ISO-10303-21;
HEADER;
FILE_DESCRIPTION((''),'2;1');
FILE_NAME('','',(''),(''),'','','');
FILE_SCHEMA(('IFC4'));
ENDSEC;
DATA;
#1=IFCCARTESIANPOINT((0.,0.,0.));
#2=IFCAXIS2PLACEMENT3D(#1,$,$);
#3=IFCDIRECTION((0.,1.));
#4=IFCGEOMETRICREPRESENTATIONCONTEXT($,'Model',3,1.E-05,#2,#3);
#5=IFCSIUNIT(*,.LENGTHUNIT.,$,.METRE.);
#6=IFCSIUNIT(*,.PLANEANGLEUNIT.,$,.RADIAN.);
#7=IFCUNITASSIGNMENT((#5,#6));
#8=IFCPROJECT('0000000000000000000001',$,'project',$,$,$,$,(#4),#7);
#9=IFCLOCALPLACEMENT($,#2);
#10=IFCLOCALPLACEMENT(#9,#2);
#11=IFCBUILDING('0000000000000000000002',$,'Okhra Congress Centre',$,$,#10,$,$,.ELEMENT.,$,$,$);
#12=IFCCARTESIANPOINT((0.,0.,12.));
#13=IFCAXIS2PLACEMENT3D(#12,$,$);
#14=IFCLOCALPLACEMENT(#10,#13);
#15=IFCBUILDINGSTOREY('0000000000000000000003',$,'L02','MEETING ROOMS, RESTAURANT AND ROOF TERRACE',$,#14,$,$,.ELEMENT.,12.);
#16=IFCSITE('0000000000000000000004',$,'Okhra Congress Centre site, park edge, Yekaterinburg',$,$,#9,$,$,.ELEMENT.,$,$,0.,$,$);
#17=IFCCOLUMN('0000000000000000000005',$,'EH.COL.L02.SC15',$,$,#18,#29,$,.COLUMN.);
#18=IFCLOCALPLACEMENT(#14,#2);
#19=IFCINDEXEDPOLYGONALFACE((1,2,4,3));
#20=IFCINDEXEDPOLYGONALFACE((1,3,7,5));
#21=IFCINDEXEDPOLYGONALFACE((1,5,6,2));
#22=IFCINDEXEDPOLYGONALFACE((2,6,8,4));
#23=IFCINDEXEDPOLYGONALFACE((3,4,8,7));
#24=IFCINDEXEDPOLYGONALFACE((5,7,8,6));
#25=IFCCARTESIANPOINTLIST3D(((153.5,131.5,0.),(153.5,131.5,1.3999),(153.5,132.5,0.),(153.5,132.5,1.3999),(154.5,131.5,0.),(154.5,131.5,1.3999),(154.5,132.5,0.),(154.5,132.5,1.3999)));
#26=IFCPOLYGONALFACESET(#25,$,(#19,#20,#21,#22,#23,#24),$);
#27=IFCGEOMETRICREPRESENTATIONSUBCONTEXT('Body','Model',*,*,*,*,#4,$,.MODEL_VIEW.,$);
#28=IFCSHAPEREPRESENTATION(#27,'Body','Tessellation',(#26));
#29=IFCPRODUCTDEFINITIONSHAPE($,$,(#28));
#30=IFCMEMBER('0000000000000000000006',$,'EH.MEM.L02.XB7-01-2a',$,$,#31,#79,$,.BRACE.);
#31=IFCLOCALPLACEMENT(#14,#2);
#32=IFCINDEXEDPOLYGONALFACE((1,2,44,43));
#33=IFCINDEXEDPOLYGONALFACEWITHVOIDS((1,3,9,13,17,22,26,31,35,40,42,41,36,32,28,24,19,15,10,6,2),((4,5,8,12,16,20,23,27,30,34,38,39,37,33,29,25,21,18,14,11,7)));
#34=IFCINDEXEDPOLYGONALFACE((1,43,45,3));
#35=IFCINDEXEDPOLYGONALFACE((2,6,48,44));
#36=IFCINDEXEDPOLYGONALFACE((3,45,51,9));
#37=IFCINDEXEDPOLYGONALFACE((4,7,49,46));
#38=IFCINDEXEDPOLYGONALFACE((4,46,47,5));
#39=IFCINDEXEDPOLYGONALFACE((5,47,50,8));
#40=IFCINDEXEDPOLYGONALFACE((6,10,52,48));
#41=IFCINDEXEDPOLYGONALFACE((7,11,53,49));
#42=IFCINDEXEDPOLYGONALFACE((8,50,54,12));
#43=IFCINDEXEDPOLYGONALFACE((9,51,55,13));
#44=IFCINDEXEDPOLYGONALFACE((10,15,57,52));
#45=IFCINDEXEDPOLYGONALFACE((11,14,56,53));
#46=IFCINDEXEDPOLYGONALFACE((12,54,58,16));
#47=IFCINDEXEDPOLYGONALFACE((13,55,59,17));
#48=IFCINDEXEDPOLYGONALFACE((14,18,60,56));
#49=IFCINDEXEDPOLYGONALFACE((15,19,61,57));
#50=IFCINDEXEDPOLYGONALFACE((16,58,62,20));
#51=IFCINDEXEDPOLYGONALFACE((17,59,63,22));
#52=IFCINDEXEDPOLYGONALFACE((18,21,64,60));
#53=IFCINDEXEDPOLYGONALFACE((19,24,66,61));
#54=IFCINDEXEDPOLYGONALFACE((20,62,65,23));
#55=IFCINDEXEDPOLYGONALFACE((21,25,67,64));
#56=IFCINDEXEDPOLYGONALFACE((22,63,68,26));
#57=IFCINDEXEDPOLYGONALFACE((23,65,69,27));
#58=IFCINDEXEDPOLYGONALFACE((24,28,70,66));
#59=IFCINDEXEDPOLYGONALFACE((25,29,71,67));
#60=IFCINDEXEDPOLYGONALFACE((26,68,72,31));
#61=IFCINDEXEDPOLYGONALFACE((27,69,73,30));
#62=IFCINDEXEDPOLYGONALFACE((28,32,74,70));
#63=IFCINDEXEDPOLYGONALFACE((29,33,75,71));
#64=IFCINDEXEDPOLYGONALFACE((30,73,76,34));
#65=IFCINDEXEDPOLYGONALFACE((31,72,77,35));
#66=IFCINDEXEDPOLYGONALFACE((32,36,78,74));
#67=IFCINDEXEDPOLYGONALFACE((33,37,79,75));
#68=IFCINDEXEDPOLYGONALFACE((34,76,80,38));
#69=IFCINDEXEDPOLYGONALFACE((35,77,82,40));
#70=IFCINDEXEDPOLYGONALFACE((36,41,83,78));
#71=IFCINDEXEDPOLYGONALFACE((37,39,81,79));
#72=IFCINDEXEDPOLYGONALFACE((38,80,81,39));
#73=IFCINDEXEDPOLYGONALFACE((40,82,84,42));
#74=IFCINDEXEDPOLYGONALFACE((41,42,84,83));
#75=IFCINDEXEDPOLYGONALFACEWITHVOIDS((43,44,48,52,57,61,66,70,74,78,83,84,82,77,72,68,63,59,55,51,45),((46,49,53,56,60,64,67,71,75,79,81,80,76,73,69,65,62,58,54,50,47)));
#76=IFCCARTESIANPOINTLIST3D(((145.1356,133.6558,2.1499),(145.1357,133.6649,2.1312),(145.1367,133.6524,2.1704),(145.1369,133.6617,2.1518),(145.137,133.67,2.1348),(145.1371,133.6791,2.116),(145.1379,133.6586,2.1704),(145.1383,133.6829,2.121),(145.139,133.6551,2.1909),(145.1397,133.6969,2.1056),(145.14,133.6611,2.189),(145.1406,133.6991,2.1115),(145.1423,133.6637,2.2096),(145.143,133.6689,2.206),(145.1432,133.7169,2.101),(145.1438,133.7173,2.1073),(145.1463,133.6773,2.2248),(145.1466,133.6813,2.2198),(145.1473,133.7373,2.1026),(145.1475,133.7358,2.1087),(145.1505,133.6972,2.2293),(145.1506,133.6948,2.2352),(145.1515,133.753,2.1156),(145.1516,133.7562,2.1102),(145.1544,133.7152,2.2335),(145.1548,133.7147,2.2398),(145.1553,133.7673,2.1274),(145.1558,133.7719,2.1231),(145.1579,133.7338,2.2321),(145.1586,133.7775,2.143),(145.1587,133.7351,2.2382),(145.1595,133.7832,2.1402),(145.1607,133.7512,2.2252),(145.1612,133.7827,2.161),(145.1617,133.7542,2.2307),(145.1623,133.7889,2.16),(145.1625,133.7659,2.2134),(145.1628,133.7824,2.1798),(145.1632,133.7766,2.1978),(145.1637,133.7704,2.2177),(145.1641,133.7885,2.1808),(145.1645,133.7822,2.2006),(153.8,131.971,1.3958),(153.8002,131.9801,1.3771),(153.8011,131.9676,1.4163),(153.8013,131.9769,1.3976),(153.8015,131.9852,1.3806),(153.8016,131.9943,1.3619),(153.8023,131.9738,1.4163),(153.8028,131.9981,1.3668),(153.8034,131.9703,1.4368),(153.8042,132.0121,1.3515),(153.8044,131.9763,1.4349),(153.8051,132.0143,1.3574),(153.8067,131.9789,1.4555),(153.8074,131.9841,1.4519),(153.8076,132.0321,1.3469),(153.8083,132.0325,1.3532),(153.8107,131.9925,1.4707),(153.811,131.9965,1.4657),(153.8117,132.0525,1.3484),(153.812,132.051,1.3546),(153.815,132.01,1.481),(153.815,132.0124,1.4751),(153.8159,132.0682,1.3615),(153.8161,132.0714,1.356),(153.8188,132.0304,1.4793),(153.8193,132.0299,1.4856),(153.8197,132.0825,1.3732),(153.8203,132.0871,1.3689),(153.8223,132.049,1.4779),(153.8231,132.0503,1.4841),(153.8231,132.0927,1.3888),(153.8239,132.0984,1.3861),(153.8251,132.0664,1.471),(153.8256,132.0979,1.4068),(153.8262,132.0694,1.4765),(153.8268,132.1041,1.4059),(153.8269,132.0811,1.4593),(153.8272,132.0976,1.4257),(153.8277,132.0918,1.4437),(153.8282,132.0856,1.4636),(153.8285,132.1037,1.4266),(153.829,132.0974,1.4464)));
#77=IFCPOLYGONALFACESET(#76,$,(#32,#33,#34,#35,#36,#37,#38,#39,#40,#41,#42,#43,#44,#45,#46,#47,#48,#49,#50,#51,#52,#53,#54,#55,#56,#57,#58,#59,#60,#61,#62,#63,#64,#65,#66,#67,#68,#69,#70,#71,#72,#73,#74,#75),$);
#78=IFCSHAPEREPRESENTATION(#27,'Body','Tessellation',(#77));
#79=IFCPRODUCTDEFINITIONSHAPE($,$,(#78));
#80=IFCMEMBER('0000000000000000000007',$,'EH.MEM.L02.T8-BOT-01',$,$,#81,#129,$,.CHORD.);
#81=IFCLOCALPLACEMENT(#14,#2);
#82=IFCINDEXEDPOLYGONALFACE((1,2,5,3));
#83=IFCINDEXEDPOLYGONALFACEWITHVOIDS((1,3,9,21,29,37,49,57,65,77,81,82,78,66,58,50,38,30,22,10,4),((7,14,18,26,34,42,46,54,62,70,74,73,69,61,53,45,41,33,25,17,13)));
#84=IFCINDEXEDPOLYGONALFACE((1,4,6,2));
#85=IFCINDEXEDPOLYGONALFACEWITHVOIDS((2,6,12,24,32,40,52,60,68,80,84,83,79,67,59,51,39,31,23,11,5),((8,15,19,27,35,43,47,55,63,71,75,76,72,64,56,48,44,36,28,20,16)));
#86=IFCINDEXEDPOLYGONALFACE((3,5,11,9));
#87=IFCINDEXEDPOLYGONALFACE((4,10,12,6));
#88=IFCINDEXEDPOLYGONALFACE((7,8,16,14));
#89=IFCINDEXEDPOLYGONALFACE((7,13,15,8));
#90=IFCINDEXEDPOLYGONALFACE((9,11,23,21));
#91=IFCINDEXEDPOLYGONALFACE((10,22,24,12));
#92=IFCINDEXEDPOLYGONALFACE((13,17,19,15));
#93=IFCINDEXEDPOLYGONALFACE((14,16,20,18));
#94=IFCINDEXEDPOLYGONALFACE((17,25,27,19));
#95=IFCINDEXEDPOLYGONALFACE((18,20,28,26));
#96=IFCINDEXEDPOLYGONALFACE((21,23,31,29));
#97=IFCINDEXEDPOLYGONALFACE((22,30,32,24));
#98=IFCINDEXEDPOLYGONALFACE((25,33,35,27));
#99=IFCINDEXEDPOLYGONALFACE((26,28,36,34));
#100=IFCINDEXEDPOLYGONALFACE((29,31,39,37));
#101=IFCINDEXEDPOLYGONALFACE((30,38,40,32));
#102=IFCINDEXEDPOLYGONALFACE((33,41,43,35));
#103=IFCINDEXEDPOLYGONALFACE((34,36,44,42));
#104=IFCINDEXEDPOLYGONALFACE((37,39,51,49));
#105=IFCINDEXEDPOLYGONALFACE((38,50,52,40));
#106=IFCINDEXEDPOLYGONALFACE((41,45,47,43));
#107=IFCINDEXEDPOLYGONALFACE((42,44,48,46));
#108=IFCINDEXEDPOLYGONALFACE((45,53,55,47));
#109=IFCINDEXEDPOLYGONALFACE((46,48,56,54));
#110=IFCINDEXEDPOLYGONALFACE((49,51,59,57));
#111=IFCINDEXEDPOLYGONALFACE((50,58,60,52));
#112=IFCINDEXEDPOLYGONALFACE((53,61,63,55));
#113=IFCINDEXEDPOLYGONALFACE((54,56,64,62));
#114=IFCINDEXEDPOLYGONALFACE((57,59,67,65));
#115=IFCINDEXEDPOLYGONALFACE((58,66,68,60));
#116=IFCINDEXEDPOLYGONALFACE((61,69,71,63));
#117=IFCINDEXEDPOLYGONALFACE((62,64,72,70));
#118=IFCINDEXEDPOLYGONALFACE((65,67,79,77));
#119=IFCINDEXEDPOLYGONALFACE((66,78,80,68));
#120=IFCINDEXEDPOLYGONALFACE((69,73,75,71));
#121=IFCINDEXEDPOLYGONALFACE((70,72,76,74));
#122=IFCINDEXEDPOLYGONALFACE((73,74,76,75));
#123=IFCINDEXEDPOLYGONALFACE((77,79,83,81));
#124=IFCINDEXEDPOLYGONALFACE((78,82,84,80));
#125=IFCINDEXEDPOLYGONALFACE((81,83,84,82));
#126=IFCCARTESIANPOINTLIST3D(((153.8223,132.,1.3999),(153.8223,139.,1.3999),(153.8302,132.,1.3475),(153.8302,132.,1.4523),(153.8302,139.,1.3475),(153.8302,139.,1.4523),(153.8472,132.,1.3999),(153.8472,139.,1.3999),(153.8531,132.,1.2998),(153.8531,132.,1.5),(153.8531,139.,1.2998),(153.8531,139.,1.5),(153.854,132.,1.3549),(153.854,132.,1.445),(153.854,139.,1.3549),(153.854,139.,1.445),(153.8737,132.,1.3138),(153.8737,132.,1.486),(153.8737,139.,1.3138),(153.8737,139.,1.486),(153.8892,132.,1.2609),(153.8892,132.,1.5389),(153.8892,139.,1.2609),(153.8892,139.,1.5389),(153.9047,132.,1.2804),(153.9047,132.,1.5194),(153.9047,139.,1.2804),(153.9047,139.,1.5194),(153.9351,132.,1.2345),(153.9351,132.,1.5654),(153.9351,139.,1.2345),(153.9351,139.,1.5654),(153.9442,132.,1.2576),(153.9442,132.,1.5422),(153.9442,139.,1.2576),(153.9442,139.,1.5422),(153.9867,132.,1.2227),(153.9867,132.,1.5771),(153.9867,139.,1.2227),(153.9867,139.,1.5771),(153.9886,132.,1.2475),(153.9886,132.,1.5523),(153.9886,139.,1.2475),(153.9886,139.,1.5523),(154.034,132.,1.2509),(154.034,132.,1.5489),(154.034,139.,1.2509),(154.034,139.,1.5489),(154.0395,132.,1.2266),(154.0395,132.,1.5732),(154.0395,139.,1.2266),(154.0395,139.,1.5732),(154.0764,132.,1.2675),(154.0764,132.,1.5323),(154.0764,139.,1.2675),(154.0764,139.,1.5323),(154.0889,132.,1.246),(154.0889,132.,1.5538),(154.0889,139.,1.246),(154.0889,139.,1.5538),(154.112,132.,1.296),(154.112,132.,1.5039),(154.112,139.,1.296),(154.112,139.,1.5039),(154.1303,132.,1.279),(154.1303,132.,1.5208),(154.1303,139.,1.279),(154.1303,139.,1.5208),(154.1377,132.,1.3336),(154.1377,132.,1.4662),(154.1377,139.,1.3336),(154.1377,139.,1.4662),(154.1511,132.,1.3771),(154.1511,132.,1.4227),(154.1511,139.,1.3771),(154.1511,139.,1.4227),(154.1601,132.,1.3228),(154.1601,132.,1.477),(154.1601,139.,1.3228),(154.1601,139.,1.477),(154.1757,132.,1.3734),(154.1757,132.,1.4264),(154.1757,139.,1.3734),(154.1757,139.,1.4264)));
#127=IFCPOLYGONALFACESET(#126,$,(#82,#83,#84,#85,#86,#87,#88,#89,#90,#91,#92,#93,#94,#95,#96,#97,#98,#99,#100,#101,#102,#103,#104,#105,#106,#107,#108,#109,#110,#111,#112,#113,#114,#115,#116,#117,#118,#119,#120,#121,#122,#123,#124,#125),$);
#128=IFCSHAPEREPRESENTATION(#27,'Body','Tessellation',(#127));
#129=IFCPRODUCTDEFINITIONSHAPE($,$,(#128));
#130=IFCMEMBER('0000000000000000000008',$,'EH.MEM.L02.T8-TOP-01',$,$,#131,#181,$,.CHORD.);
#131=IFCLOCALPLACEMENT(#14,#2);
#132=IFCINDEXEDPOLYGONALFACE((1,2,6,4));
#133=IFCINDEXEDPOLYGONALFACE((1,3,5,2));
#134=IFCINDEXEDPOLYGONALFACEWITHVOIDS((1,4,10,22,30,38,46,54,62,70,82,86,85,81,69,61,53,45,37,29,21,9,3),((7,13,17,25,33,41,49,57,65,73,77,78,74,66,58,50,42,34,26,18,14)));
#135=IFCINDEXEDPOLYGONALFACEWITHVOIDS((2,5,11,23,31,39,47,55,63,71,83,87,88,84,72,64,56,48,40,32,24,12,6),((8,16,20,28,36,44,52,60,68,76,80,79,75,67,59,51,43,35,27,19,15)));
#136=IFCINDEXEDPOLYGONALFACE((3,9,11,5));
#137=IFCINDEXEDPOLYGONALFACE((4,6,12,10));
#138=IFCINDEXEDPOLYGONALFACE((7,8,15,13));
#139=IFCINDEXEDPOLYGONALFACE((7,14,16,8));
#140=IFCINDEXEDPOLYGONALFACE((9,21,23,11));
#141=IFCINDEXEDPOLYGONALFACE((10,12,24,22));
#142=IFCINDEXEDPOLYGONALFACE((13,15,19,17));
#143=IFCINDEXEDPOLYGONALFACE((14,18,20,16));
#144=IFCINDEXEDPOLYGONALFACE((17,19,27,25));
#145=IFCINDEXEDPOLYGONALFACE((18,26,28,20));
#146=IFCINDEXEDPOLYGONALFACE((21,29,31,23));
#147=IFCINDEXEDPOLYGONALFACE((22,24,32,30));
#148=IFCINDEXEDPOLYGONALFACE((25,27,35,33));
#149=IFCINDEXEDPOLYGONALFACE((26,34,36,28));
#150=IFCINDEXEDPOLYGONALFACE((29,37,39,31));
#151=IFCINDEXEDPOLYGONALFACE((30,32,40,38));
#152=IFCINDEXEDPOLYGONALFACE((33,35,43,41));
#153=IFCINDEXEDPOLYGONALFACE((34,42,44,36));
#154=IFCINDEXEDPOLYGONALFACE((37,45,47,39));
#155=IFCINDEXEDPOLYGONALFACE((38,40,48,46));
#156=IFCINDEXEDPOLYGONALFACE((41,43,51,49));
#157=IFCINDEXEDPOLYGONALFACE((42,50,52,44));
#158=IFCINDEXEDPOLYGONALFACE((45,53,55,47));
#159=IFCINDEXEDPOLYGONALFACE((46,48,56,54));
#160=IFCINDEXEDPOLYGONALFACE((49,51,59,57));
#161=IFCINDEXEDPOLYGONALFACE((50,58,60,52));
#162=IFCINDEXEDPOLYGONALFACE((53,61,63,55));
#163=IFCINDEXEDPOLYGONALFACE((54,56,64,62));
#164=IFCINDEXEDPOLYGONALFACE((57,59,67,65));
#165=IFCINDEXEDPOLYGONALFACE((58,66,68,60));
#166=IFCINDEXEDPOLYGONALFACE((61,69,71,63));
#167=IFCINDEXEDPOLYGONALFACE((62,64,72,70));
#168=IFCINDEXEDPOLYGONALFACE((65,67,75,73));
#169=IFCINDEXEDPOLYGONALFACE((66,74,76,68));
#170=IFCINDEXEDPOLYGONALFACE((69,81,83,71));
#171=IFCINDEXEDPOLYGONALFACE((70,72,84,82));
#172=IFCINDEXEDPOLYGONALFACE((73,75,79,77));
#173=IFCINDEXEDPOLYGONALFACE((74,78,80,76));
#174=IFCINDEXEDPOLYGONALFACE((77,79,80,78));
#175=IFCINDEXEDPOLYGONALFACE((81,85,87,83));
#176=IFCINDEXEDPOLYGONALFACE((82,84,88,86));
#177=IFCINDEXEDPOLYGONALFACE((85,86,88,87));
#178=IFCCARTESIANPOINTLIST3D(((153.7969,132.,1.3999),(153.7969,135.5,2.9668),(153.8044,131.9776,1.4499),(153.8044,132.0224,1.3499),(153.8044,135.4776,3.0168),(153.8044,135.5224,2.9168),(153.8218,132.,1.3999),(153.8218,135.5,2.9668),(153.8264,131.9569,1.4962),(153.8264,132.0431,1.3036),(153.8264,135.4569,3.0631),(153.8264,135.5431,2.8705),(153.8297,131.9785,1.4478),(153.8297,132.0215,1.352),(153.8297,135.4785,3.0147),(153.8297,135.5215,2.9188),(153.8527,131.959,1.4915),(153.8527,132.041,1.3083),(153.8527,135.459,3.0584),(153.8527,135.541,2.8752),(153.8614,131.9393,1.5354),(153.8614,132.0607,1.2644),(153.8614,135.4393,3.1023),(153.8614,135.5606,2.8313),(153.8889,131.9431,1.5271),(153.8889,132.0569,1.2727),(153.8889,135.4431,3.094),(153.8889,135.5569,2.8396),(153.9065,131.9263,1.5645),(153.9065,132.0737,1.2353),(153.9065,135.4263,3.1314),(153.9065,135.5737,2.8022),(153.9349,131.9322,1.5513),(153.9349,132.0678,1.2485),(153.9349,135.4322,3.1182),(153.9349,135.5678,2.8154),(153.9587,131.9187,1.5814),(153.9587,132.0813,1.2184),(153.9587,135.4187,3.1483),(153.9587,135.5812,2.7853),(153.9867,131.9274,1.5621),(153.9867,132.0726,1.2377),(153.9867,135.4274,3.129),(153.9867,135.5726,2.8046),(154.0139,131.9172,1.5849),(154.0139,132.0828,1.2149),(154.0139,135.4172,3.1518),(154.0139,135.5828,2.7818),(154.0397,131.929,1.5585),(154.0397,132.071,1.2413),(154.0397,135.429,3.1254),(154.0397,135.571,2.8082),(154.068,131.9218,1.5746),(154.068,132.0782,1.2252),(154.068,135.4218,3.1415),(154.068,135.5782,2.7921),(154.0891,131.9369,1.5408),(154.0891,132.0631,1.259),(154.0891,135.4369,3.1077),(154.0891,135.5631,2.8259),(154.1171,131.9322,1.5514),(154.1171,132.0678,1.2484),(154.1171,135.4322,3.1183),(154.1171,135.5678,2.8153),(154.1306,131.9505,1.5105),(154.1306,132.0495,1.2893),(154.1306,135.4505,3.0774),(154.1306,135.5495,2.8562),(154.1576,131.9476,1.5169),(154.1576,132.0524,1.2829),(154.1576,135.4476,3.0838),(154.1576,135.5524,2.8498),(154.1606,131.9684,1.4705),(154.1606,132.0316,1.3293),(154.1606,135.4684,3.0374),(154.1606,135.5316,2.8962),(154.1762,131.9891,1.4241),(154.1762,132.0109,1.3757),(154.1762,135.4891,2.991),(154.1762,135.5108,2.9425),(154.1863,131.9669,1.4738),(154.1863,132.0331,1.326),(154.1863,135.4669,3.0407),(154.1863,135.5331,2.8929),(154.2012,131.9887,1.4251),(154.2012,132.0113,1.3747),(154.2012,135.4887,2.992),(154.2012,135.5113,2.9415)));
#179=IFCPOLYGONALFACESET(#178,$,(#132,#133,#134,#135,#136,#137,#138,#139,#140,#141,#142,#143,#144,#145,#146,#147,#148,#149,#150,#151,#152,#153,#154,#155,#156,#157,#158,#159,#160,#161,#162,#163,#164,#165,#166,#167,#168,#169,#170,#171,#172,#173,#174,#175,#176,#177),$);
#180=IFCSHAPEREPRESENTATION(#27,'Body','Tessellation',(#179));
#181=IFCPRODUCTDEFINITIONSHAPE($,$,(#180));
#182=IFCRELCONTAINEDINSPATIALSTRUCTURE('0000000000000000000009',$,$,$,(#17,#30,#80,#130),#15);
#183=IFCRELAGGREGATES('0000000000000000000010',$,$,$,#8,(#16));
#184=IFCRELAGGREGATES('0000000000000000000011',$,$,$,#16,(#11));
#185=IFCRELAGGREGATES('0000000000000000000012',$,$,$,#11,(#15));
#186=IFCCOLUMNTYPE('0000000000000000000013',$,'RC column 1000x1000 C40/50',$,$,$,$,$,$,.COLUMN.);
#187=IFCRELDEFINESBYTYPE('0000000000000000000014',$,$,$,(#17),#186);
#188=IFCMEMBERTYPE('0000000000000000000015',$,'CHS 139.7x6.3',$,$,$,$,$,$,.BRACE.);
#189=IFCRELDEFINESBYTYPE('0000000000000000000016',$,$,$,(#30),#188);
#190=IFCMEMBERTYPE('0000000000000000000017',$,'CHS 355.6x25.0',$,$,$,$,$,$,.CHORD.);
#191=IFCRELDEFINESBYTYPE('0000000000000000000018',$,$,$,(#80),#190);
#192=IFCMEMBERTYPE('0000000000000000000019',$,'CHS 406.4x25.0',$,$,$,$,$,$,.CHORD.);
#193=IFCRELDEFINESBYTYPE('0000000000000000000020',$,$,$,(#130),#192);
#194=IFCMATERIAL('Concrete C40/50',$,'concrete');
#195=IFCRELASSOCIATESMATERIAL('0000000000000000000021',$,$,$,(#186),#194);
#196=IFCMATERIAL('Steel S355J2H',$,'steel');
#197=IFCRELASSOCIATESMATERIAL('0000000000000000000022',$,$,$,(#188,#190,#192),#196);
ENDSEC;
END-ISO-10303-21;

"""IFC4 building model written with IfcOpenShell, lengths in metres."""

from ifc_helpers import new_model, si_unit, direction, frame, origin, origin_2d, place, context, subcontext, project, spatial, rectangle, hollow_circle, extrude, material, material_profile, profile_set, type_object, element, save


model = new_model("IFC4")

# Units and contexts
model_context = context("Model", 3, precision=1e-05, world=origin(), true_north=direction((0.0, 1.0)))
body_context = subcontext(model_context, "Body", "Model", "MODEL_VIEW")
ifc_project = project(units=[si_unit("LENGTHUNIT", "METRE"), si_unit("PLANEANGLEUNIT", "RADIAN")], contexts=[model_context])

# Site, building, storey
site_placement = place(None, origin())
site = spatial("IfcSite", under=ifc_project, at=site_placement, Name="Okhra Congress Centre site, park edge, Yekaterinburg", CompositionType="ELEMENT", RefElevation=0.0)
building_placement = place(site_placement, origin())
building = spatial("IfcBuilding", under=site, at=building_placement, Name="Okhra Congress Centre", CompositionType="ELEMENT")
storey_placement = place(building_placement, frame((0.0, 0.0, 12.0)))
storey = spatial("IfcBuildingStorey", under=building, at=storey_placement, Name="L02", Description="MEETING ROOMS, RESTAURANT AND ROOF TERRACE", CompositionType="ELEMENT", Elevation=12.0)

# Column
ifc_material_1 = material(Name="Concrete C40/50", Category="concrete")
ifc_material_profile_1 = material_profile(ifc_material_1, rectangle(XDim=1.0, YDim=1.0, at=origin_2d()), Name="RC 1000x1000")
ifc_profile_set_1 = profile_set([ifc_material_profile_1], Name="Concrete C40/50")
column_type = type_object("IfcColumnType", Name="RC column 1000x1000 C40/50", PredefinedType="COLUMN", material=ifc_profile_set_1)
column_placement = place(storey_placement, frame((154.0, 132.0, 0.0), z_axis=(0.0, 0.0, 1.0), x_axis=(1.0, 0.0, 0.0)))
element("IfcColumn", 1, at=column_placement, inside=storey, type_object=column_type, Name="EH.COL.L02.SC15", PredefinedType="COLUMN", context=body_context, shape_type="SweptSolid", body=[
    extrude(rectangle(XDim=1.0, YDim=1.0, at=origin_2d()), origin(), (0.0, 0.0, 1.0), 1.3999),
])

# Members
ifc_material_2 = material(Name="Steel S355J2H", Category="steel")
ifc_material_profile_2 = material_profile(ifc_material_2, hollow_circle(Radius=0.0698, WallThickness=0.0063, at=origin_2d()), Name="CHS 139.7x6.3")
ifc_profile_set_2 = profile_set([ifc_material_profile_2], Name="Steel S355J2H")
member_type_1 = type_object("IfcMemberType", Name="CHS 139.7x6.3", PredefinedType="BRACE", material=ifc_profile_set_2)
member_1_placement = place(storey_placement, frame((153.8145, 132.0361, 1.4163), z_axis=(-0.978051, 0.190181, 0.085128), x_axis=(-0.190874, -0.981615, 0.0)))
element("IfcMember", 2, at=member_1_placement, inside=storey, type_object=member_type_1, Name="EH.MEM.L02.XB7-01-2a", PredefinedType="BRACE", context=body_context, shape_type="SweptSolid", body=[
    extrude(hollow_circle(Radius=0.0698, WallThickness=0.0063, at=origin_2d()), origin(), (0.0, 0.0, 1.0), 8.8589),
])
ifc_material_profile_3 = material_profile(ifc_material_2, hollow_circle(Radius=0.1777, WallThickness=0.0249, at=origin_2d()), Name="CHS 355.6x25.0")
ifc_profile_set_3 = profile_set([ifc_material_profile_3], Name="Steel S355J2H")
member_type_2 = type_object("IfcMemberType", Name="CHS 355.6x25.0", PredefinedType="CHORD", material=ifc_profile_set_3)
member_2_placement = place(storey_placement, frame((154.0, 132.0, 1.3999), z_axis=(0.0, 1.0, 0.0), x_axis=(-1.0, 0.0, 0.0)))
element("IfcMember", 3, at=member_2_placement, inside=storey, type_object=member_type_2, Name="EH.MEM.L02.T8-BOT-01", PredefinedType="CHORD", context=body_context, shape_type="SweptSolid", body=[
    extrude(hollow_circle(Radius=0.1777, WallThickness=0.0249, at=origin_2d()), origin(), (0.0, 0.0, 1.0), 7.0),
])
ifc_material_profile_4 = material_profile(ifc_material_2, hollow_circle(Radius=0.2031, WallThickness=0.0249, at=origin_2d()), Name="CHS 406.4x25.0")
ifc_profile_set_4 = profile_set([ifc_material_profile_4], Name="Steel S355J2H")
member_type_3 = type_object("IfcMemberType", Name="CHS 406.4x25.0", PredefinedType="CHORD", material=ifc_profile_set_4)
member_3_placement = place(storey_placement, frame((154.0, 132.0, 1.3999), z_axis=(0.0, 0.912711, 0.408606), x_axis=(-1.0, 0.0, 0.0)))
element("IfcMember", 4, at=member_3_placement, inside=storey, type_object=member_type_3, Name="EH.MEM.L02.T8-TOP-01", PredefinedType="CHORD", context=body_context, shape_type="SweptSolid", body=[
    extrude(hollow_circle(Radius=0.2031, WallThickness=0.0249, at=origin_2d()), origin(), (0.0, 0.0, 1.0), 3.8347),
])

save(model, "model.ifc")
